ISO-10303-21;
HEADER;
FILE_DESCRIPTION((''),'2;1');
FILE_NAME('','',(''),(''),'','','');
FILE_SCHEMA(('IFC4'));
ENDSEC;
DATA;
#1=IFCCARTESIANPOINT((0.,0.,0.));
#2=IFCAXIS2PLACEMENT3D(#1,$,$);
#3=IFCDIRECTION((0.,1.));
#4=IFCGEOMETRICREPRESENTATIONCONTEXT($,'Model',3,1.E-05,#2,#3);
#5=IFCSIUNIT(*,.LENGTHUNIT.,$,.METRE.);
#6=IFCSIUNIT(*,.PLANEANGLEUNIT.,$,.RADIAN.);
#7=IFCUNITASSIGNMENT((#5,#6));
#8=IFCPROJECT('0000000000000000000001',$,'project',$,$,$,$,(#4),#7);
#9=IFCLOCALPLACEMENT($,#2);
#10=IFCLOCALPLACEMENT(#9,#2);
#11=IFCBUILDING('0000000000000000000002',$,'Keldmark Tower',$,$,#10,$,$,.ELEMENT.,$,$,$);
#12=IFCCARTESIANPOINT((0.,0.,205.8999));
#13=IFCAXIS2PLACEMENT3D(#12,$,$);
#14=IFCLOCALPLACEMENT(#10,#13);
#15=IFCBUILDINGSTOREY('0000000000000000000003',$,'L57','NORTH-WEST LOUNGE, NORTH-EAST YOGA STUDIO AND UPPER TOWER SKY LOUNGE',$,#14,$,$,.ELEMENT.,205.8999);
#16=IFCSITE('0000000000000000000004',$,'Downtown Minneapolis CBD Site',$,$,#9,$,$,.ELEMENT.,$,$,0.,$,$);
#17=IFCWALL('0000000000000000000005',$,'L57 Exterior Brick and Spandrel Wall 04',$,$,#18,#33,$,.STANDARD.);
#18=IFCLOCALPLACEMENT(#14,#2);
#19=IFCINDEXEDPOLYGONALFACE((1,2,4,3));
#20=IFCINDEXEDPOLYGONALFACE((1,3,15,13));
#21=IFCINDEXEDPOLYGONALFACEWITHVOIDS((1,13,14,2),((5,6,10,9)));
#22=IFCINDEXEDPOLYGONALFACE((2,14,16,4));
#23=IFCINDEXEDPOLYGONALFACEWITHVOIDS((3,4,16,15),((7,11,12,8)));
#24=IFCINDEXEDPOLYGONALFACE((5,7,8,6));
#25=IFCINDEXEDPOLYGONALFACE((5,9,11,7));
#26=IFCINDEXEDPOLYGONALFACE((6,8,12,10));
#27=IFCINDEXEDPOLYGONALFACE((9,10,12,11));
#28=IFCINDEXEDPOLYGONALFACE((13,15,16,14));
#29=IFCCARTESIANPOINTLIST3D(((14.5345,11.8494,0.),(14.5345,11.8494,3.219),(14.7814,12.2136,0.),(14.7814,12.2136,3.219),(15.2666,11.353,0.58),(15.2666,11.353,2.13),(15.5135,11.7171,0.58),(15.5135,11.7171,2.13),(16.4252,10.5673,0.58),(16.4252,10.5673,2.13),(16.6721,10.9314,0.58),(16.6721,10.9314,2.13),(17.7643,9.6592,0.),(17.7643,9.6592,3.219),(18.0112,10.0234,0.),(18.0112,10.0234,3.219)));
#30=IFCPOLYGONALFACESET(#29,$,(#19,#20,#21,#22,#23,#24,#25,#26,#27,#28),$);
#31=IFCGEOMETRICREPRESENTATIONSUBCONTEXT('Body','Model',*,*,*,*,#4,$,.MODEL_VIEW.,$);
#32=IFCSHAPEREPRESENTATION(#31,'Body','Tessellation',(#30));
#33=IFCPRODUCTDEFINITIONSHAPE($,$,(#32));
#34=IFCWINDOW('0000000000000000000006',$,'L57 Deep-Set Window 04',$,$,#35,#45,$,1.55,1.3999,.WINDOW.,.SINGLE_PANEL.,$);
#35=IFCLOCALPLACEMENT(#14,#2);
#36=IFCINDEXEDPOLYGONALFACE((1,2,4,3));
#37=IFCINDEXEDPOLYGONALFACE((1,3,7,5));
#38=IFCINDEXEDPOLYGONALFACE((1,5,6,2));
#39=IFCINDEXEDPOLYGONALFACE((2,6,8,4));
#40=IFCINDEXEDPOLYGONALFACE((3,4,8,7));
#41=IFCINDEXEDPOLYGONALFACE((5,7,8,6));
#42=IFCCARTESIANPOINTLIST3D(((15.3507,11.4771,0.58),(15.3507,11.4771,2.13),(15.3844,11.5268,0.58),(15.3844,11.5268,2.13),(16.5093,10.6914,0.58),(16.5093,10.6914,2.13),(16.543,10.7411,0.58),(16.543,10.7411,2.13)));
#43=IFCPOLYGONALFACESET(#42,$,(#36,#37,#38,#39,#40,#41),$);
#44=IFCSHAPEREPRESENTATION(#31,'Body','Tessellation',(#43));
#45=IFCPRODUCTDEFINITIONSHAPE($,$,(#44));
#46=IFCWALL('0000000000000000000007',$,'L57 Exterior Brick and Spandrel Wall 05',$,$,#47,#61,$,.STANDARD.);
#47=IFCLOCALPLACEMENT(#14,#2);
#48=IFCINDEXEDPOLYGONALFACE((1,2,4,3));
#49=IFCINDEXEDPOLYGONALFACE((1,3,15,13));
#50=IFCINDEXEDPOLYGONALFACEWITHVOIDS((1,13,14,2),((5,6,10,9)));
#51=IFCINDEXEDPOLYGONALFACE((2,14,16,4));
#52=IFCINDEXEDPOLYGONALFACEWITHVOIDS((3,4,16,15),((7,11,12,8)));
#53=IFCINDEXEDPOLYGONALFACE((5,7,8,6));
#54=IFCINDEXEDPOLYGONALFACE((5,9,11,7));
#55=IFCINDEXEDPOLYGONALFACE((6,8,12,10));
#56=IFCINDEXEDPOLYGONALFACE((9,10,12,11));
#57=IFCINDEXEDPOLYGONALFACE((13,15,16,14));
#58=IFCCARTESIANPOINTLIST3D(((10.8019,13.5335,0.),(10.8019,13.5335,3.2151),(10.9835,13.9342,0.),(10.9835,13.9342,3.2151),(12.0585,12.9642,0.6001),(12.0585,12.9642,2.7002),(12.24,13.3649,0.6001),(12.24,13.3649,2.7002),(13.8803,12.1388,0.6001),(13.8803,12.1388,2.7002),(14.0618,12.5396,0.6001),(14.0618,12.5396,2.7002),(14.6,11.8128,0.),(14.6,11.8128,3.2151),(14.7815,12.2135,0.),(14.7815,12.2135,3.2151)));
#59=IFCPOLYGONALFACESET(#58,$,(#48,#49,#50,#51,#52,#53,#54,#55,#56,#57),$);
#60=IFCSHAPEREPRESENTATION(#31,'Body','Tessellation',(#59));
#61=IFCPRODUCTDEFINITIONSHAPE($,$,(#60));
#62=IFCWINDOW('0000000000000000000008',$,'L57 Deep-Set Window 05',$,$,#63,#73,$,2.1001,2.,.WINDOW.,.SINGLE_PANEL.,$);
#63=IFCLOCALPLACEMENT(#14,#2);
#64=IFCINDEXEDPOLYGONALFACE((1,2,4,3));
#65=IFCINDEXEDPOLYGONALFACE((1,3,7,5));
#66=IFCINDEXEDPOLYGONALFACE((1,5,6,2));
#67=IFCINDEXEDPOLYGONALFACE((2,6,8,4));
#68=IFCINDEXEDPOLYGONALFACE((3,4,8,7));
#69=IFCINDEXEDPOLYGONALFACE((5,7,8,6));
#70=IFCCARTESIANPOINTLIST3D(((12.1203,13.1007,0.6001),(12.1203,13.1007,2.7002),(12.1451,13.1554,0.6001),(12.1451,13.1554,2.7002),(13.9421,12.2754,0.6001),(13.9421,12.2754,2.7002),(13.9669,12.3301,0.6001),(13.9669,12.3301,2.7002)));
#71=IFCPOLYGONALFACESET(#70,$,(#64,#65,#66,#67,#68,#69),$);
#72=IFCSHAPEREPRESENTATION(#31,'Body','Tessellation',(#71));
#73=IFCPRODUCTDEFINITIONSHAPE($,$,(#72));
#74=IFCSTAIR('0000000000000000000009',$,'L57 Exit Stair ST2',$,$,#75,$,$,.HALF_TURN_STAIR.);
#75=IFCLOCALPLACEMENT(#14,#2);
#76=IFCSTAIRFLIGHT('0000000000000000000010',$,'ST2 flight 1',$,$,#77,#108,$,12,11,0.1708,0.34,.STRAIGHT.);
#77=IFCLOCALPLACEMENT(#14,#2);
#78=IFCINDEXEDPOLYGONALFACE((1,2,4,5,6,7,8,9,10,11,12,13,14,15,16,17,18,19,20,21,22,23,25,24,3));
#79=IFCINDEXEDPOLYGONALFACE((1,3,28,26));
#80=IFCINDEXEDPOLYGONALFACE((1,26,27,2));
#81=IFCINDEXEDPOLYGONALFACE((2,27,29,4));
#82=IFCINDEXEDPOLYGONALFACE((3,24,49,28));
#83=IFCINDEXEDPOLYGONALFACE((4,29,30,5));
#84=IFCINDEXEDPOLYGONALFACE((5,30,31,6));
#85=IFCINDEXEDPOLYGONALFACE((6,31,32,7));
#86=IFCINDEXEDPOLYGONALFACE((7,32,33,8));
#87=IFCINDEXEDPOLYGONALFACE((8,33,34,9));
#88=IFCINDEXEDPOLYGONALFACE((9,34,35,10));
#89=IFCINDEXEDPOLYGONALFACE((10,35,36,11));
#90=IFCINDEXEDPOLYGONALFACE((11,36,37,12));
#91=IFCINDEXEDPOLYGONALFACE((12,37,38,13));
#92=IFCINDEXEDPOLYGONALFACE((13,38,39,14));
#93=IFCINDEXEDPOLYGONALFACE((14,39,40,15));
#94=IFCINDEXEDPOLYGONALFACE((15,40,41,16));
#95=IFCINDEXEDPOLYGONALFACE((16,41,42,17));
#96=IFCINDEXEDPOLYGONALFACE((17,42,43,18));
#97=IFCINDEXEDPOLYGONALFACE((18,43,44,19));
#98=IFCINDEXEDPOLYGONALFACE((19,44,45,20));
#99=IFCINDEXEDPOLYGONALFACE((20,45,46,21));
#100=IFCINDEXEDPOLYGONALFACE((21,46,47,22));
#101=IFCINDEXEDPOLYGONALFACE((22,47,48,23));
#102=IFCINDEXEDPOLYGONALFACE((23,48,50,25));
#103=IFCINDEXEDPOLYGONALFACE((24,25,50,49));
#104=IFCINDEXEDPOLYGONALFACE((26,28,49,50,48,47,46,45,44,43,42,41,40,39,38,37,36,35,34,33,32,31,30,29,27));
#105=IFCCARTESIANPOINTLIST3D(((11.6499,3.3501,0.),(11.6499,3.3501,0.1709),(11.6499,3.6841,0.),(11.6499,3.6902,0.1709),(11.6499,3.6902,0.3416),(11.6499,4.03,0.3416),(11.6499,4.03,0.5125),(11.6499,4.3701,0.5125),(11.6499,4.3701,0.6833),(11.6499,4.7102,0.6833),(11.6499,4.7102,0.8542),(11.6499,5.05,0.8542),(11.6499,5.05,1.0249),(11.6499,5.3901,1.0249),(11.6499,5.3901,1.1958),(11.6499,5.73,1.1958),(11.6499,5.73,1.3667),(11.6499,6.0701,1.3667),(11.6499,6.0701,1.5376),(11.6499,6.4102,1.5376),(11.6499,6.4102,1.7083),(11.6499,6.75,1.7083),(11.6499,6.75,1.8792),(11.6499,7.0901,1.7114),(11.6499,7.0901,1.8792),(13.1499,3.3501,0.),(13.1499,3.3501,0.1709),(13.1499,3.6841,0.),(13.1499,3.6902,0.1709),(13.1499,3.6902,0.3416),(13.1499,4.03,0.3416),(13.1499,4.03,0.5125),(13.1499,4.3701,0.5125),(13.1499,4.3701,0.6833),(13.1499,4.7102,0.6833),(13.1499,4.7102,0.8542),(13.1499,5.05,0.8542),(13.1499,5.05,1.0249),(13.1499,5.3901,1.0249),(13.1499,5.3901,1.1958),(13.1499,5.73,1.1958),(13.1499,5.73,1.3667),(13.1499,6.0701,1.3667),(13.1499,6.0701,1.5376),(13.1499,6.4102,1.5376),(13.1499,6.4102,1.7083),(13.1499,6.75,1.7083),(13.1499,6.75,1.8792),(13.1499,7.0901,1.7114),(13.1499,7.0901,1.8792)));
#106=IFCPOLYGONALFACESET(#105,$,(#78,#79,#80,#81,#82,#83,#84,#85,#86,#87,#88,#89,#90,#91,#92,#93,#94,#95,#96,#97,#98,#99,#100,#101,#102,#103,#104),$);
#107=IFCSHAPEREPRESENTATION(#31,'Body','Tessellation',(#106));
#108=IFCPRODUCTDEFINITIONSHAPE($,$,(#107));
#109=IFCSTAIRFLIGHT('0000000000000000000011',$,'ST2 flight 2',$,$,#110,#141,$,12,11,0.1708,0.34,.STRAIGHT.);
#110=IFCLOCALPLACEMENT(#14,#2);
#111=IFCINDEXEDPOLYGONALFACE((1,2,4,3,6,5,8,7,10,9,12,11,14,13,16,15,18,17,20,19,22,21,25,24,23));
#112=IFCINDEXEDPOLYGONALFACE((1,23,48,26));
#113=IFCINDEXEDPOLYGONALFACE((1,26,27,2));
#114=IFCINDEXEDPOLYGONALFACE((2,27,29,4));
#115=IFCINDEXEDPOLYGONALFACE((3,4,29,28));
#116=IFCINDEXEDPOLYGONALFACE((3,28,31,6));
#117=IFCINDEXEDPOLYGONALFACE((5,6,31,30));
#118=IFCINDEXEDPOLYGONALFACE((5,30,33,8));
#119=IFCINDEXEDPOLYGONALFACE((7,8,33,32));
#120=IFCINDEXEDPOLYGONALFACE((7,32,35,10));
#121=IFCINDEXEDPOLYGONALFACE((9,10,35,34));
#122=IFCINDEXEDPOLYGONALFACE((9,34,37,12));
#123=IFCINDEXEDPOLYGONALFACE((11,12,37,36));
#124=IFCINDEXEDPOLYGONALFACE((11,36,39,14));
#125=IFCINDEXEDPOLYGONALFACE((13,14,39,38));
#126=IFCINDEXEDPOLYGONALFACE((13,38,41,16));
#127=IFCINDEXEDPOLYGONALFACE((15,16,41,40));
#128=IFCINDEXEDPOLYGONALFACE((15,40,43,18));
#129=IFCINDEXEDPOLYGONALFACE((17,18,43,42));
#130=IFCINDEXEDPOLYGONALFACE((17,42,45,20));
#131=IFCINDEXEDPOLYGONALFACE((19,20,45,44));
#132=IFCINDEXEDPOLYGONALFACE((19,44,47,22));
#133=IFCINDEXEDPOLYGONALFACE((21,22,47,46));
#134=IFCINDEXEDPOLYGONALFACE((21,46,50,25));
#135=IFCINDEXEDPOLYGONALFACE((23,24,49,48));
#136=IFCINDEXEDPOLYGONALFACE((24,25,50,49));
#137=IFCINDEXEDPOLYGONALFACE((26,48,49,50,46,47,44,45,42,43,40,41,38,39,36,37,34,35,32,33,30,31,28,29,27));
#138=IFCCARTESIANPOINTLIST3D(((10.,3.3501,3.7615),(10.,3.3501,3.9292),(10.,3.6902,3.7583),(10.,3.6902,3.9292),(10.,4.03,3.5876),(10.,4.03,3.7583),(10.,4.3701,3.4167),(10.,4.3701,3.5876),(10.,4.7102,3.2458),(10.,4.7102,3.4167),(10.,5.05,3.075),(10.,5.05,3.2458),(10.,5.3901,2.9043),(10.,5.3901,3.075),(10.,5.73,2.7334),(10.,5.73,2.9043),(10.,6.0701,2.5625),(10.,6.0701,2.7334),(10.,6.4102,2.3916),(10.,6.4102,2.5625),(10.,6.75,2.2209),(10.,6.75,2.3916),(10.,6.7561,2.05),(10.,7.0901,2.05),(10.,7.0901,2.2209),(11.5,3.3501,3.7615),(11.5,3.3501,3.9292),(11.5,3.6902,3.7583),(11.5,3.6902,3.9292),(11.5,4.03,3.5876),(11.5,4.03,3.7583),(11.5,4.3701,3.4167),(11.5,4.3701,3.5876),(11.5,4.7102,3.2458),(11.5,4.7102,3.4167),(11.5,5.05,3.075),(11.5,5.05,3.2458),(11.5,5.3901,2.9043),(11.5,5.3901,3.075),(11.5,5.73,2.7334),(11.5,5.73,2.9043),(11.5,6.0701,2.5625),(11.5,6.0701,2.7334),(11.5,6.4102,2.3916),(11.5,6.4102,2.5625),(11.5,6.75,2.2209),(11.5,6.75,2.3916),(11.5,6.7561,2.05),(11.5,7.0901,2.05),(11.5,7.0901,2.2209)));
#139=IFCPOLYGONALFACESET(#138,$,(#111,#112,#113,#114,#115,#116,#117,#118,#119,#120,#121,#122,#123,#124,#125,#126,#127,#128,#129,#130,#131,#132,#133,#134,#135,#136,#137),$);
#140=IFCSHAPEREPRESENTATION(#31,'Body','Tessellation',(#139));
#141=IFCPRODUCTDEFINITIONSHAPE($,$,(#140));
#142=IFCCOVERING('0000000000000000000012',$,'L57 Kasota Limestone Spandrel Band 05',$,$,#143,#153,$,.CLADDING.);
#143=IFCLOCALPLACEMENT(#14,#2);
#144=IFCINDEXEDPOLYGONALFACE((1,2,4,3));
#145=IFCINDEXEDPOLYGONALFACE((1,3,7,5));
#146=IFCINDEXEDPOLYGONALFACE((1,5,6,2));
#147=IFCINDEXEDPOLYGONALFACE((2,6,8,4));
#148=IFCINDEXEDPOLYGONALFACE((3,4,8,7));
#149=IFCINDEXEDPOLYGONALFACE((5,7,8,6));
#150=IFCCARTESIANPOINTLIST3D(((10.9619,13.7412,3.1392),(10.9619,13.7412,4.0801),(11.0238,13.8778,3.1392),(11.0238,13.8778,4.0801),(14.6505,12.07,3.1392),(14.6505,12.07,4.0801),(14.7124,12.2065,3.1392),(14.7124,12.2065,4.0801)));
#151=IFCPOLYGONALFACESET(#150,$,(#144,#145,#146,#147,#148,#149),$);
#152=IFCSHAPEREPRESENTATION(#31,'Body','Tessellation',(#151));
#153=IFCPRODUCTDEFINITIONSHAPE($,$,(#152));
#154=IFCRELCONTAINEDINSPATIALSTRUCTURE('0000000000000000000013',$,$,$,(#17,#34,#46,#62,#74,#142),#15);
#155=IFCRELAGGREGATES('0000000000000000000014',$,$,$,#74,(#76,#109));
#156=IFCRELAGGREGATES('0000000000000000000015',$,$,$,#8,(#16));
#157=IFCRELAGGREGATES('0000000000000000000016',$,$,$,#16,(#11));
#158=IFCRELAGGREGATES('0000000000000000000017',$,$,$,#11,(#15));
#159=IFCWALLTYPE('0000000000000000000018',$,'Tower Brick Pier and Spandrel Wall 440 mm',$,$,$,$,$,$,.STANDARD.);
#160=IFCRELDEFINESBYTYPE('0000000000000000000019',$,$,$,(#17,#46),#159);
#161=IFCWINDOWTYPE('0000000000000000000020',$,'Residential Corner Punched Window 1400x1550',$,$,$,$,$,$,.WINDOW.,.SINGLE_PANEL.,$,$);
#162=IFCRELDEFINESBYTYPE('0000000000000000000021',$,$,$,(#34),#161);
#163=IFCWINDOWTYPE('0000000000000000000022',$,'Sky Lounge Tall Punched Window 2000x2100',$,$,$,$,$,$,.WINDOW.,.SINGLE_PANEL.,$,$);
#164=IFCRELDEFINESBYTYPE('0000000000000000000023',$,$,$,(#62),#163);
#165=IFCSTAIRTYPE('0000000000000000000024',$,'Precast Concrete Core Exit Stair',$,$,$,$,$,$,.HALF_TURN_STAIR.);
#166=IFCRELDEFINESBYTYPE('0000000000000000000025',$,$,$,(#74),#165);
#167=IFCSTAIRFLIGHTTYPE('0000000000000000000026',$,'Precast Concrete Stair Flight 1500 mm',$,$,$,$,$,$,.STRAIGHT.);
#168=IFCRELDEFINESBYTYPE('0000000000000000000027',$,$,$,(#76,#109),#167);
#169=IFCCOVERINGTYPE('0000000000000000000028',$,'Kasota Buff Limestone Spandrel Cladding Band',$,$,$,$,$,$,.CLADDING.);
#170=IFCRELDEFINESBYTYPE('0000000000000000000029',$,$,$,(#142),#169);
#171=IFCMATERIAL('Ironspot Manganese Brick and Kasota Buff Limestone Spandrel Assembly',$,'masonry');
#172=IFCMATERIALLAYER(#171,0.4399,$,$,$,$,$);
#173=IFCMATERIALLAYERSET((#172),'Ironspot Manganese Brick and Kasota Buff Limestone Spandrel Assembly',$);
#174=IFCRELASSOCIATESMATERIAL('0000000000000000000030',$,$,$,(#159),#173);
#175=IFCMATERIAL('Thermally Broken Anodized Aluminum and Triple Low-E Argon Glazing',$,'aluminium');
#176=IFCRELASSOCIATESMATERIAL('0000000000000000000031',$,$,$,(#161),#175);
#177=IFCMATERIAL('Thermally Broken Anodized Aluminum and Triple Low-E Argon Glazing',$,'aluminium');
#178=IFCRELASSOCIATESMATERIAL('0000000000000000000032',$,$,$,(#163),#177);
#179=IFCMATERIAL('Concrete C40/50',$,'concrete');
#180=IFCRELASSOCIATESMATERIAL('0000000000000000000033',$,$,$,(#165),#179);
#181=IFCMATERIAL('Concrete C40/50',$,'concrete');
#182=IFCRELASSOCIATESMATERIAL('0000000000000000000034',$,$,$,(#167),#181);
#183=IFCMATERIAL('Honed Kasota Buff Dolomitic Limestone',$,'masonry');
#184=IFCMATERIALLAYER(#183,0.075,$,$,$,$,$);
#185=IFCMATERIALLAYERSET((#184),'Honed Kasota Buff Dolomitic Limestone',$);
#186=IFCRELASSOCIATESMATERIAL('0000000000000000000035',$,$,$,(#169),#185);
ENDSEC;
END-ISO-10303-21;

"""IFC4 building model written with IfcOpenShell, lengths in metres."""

from ifc_helpers import new_model, si_unit, direction, frame, frame_2d, origin, origin_2d, place, context, subcontext, project, spatial, polyline, rectangle, outline, extrude, material, layer, layer_set, type_object, element, fill, aggregate, save


model = new_model("IFC4")

# Units and contexts
model_context = context("Model", 3, precision=1e-05, world=origin(), true_north=direction((0.0, 1.0)))
body_context = subcontext(model_context, "Body", "Model", "MODEL_VIEW")
ifc_project = project(units=[si_unit("LENGTHUNIT", "METRE"), si_unit("PLANEANGLEUNIT", "RADIAN")], contexts=[model_context])

# Site, building, storey
site_placement = place(None, origin())
site = spatial("IfcSite", under=ifc_project, at=site_placement, Name="Downtown Minneapolis CBD Site", CompositionType="ELEMENT", RefElevation=0.0)
building_placement = place(site_placement, origin())
building = spatial("IfcBuilding", under=site, at=building_placement, Name="Keldmark Tower", CompositionType="ELEMENT")
storey_placement = place(building_placement, frame((0.0, 0.0, 205.8999)))
storey = spatial("IfcBuildingStorey", under=building, at=storey_placement, Name="L57", Description="NORTH-WEST LOUNGE, NORTH-EAST YOGA STUDIO AND UPPER TOWER SKY LOUNGE", CompositionType="ELEMENT", Elevation=205.8999)

# Walls, openings, windows
ifc_material_1 = material(Name="Ironspot Manganese Brick and Kasota Buff Limestone Spandrel Assembly", Category="masonry")
ifc_layer_1 = layer(ifc_material_1, 0.4399)
ifc_layer_set_1 = layer_set([ifc_layer_1], Name="Ironspot Manganese Brick and Kasota Buff Limestone Spandrel Assembly")
wall_type_1 = type_object("IfcWallType", Name="Tower Brick Pier and Spandrel Wall 440 mm", PredefinedType="STANDARD", material=ifc_layer_set_1)
wall_1_placement = place(storey_placement, frame((14.658, 12.0315, 0.0), z_axis=(0.0, 0.0, 1.0), x_axis=(0.827645, -0.561252, 0.0)))
wall_1 = element("IfcWall", 1, at=wall_1_placement, inside=storey, type_object=wall_type_1, Name="L57 Exterior Brick and Spandrel Wall 04", PredefinedType="STANDARD", context=body_context, shape_type="SweptSolid", body=[
    extrude(rectangle(XDim=3.9023, YDim=0.4399, at=frame_2d((1.9512, 0.0))), origin(), (0.0, 0.0, 1.0), 3.219),
])
opening_1_placement = place(wall_1_placement, frame((0.8845, 0.0, 0.5801)))
opening_1 = element("IfcOpeningElement", 2, at=opening_1_placement, cuts=wall_1, PredefinedType="OPENING", context=body_context, shape_type="SweptSolid", body=[
    extrude(rectangle(XDim=1.3999, YDim=1.55, at=frame_2d((0.7, 0.7749))), frame((0.0, 0.23, 0.0), z_axis=(0.0, -1.0, 0.0), x_axis=(1.0, 0.0, 0.0)), (0.0, 0.0, 1.0), 0.46),
])
ifc_material_2 = material(Name="Thermally Broken Anodized Aluminum and Triple Low-E Argon Glazing", Category="aluminium")
window_type_1 = type_object("IfcWindowType", Name="Residential Corner Punched Window 1400x1550", PartitioningType="SINGLE_PANEL", PredefinedType="WINDOW", material=ifc_material_2)
window_1_placement = place(opening_1_placement, origin())
window_1 = element("IfcWindow", 3, at=window_1_placement, inside=storey, type_object=window_type_1, Name="L57 Deep-Set Window 04", OverallHeight=1.55, OverallWidth=1.3999, PartitioningType="SINGLE_PANEL", PredefinedType="WINDOW", context=body_context, shape_type="SweptSolid", body=[
    extrude(rectangle(XDim=1.3999, YDim=1.55, at=frame_2d((0.7, 0.7749))), frame((0.0, -0.01, 0.0), z_axis=(0.0, -1.0, 0.0), x_axis=(1.0, 0.0, 0.0)), (0.0, 0.0, 1.0), 0.0601),
])
fill(opening_1, window_1)
wall_2_placement = place(storey_placement, frame((10.8926, 13.7339, 0.0), z_axis=(0.0, 0.0, 1.0), x_axis=(0.910881, -0.412669, 0.0)))
wall_2 = element("IfcWall", 4, at=wall_2_placement, inside=storey, type_object=wall_type_1, Name="L57 Exterior Brick and Spandrel Wall 05", PredefinedType="STANDARD", context=body_context, shape_type="SweptSolid", body=[
    extrude(rectangle(XDim=4.1697, YDim=0.4399, at=frame_2d((2.085, 0.0))), origin(), (0.0, 0.0, 1.0), 3.2151),
])
opening_2_placement = place(wall_2_placement, frame((1.3796, 0.0, 0.6001)))
opening_2 = element("IfcOpeningElement", 5, at=opening_2_placement, cuts=wall_2, PredefinedType="OPENING", context=body_context, shape_type="SweptSolid", body=[
    extrude(rectangle(XDim=2.0, YDim=2.1001, at=frame_2d((1.0, 1.05))), frame((0.0, 0.23, 0.0), z_axis=(0.0, -1.0, 0.0), x_axis=(1.0, 0.0, 0.0)), (0.0, 0.0, 1.0), 0.46),
])
ifc_material_3 = material(Name="Thermally Broken Anodized Aluminum and Triple Low-E Argon Glazing", Category="aluminium")
window_type_2 = type_object("IfcWindowType", Name="Sky Lounge Tall Punched Window 2000x2100", PartitioningType="SINGLE_PANEL", PredefinedType="WINDOW", material=ifc_material_3)
window_2_placement = place(opening_2_placement, origin())
window_2 = element("IfcWindow", 6, at=window_2_placement, inside=storey, type_object=window_type_2, Name="L57 Deep-Set Window 05", OverallHeight=2.1001, OverallWidth=2.0, PartitioningType="SINGLE_PANEL", PredefinedType="WINDOW", context=body_context, shape_type="SweptSolid", body=[
    extrude(rectangle(XDim=2.0, YDim=2.1001, at=frame_2d((1.0, 1.05))), frame((0.0, -0.01, 0.0), z_axis=(0.0, -1.0, 0.0), x_axis=(1.0, 0.0, 0.0)), (0.0, 0.0, 1.0), 0.0601),
])
fill(opening_2, window_2)

# Stair, stair flights
ifc_material_4 = material(Name="Concrete C40/50", Category="concrete")
stair_type = type_object("IfcStairType", Name="Precast Concrete Core Exit Stair", PredefinedType="HALF_TURN_STAIR", material=ifc_material_4)
stair_placement = place(storey_placement, origin())
stair = element("IfcStair", 7, at=stair_placement, inside=storey, type_object=stair_type, Name="L57 Exit Stair ST2", PredefinedType="HALF_TURN_STAIR")
ifc_material_5 = material(Name="Concrete C40/50", Category="concrete")
stair_flight_type = type_object("IfcStairFlightType", Name="Precast Concrete Stair Flight 1500 mm", PredefinedType="STRAIGHT", material=ifc_material_5)
stair_flight_1_placement = place(storey_placement, frame((12.3999, 3.3501, 0.0), z_axis=(0.0, 0.0, 1.0), x_axis=(0.0, 1.0, 0.0)))
stair_flight_1 = element("IfcStairFlight", 8, at=stair_flight_1_placement, type_object=stair_flight_type, Name="ST2 flight 1", NumberOfRisers=12, NumberOfTreads=11, PredefinedType="STRAIGHT", RiserHeight=0.1708, TreadLength=0.34, context=body_context, shape_type="SweptSolid", body=[
    extrude(outline(polyline([(0.0, 0.0), (0.0, 0.1709), (0.3401, 0.1709), (0.3401, 0.3416), (0.6799, 0.3416), (0.6799, 0.5125), (1.02, 0.5125), (1.02, 0.6833), (1.3601, 0.6833), (1.3601, 0.8542), (1.7, 0.8542), (1.7, 1.0249), (2.04, 1.0249), (2.04, 1.1958), (2.3799, 1.1958), (2.3799, 1.3667), (2.72, 1.3667), (2.72, 1.5376), (3.0601, 1.5376), (3.0601, 1.7083), (3.3999, 1.7083), (3.3999, 1.8792), (3.74, 1.8792), (3.74, 2.05), (3.74, 1.7114), (0.334, 0.0), (0.0, 0.0)])), frame((0.0, 0.75, 0.0), z_axis=(0.0, -1.0, 0.0), x_axis=(1.0, 0.0, 0.0)), (0.0, 0.0, 1.0), 1.5),
])
stair_flight_2_placement = place(storey_placement, frame((10.75, 7.0901, 2.05), z_axis=(0.0, 0.0, 1.0), x_axis=(0.0, -1.0, 0.0)))
stair_flight_2 = element("IfcStairFlight", 9, at=stair_flight_2_placement, type_object=stair_flight_type, Name="ST2 flight 2", NumberOfRisers=12, NumberOfTreads=11, PredefinedType="STRAIGHT", RiserHeight=0.1708, TreadLength=0.34, context=body_context, shape_type="SweptSolid", body=[
    extrude(outline(polyline([(0.0, 0.0), (0.0, 0.1709), (0.3401, 0.1709), (0.3401, 0.3416), (0.6799, 0.3416), (0.6799, 0.5125), (1.02, 0.5125), (1.02, 0.6833), (1.3601, 0.6833), (1.3601, 0.8542), (1.7, 0.8542), (1.7, 1.0249), (2.04, 1.0249), (2.04, 1.1958), (2.3799, 1.1958), (2.3799, 1.3667), (2.72, 1.3667), (2.72, 1.5376), (3.0601, 1.5376), (3.0601, 1.7083), (3.3999, 1.7083), (3.3999, 1.8792), (3.74, 1.8792), (3.74, 2.05), (3.74, 1.7114), (0.334, 0.0), (0.0, 0.0)])), frame((0.0, 0.75, 0.0), z_axis=(0.0, -1.0, 0.0), x_axis=(1.0, 0.0, 0.0)), (0.0, 0.0, 1.0), 1.5),
])
aggregate(stair, [stair_flight_1, stair_flight_2])

# Covering
ifc_material_6 = material(Name="Honed Kasota Buff Dolomitic Limestone", Category="masonry")
ifc_layer_2 = layer(ifc_material_6, 0.075)
ifc_layer_set_2 = layer_set([ifc_layer_2], Name="Honed Kasota Buff Dolomitic Limestone")
covering_type = type_object("IfcCoveringType", Name="Kasota Buff Limestone Spandrel Cladding Band", PredefinedType="CLADDING", material=ifc_layer_set_2)
covering_placement = place(storey_placement, frame((12.8372, 12.9739, 3.1392), z_axis=(0.0, 0.0, 1.0), x_axis=(-0.910864, 0.412707, 0.0)))
element("IfcCovering", 10, at=covering_placement, inside=storey, type_object=covering_type, Name="L57 Kasota Limestone Spandrel Band 05", PredefinedType="CLADDING", context=body_context, shape_type="SweptSolid", body=[
    extrude(rectangle(XDim=4.0496, YDim=0.1499, at=origin_2d()), origin(), (0.0, 0.0, 1.0), 0.9409),
])

save(model, "model.ifc")
